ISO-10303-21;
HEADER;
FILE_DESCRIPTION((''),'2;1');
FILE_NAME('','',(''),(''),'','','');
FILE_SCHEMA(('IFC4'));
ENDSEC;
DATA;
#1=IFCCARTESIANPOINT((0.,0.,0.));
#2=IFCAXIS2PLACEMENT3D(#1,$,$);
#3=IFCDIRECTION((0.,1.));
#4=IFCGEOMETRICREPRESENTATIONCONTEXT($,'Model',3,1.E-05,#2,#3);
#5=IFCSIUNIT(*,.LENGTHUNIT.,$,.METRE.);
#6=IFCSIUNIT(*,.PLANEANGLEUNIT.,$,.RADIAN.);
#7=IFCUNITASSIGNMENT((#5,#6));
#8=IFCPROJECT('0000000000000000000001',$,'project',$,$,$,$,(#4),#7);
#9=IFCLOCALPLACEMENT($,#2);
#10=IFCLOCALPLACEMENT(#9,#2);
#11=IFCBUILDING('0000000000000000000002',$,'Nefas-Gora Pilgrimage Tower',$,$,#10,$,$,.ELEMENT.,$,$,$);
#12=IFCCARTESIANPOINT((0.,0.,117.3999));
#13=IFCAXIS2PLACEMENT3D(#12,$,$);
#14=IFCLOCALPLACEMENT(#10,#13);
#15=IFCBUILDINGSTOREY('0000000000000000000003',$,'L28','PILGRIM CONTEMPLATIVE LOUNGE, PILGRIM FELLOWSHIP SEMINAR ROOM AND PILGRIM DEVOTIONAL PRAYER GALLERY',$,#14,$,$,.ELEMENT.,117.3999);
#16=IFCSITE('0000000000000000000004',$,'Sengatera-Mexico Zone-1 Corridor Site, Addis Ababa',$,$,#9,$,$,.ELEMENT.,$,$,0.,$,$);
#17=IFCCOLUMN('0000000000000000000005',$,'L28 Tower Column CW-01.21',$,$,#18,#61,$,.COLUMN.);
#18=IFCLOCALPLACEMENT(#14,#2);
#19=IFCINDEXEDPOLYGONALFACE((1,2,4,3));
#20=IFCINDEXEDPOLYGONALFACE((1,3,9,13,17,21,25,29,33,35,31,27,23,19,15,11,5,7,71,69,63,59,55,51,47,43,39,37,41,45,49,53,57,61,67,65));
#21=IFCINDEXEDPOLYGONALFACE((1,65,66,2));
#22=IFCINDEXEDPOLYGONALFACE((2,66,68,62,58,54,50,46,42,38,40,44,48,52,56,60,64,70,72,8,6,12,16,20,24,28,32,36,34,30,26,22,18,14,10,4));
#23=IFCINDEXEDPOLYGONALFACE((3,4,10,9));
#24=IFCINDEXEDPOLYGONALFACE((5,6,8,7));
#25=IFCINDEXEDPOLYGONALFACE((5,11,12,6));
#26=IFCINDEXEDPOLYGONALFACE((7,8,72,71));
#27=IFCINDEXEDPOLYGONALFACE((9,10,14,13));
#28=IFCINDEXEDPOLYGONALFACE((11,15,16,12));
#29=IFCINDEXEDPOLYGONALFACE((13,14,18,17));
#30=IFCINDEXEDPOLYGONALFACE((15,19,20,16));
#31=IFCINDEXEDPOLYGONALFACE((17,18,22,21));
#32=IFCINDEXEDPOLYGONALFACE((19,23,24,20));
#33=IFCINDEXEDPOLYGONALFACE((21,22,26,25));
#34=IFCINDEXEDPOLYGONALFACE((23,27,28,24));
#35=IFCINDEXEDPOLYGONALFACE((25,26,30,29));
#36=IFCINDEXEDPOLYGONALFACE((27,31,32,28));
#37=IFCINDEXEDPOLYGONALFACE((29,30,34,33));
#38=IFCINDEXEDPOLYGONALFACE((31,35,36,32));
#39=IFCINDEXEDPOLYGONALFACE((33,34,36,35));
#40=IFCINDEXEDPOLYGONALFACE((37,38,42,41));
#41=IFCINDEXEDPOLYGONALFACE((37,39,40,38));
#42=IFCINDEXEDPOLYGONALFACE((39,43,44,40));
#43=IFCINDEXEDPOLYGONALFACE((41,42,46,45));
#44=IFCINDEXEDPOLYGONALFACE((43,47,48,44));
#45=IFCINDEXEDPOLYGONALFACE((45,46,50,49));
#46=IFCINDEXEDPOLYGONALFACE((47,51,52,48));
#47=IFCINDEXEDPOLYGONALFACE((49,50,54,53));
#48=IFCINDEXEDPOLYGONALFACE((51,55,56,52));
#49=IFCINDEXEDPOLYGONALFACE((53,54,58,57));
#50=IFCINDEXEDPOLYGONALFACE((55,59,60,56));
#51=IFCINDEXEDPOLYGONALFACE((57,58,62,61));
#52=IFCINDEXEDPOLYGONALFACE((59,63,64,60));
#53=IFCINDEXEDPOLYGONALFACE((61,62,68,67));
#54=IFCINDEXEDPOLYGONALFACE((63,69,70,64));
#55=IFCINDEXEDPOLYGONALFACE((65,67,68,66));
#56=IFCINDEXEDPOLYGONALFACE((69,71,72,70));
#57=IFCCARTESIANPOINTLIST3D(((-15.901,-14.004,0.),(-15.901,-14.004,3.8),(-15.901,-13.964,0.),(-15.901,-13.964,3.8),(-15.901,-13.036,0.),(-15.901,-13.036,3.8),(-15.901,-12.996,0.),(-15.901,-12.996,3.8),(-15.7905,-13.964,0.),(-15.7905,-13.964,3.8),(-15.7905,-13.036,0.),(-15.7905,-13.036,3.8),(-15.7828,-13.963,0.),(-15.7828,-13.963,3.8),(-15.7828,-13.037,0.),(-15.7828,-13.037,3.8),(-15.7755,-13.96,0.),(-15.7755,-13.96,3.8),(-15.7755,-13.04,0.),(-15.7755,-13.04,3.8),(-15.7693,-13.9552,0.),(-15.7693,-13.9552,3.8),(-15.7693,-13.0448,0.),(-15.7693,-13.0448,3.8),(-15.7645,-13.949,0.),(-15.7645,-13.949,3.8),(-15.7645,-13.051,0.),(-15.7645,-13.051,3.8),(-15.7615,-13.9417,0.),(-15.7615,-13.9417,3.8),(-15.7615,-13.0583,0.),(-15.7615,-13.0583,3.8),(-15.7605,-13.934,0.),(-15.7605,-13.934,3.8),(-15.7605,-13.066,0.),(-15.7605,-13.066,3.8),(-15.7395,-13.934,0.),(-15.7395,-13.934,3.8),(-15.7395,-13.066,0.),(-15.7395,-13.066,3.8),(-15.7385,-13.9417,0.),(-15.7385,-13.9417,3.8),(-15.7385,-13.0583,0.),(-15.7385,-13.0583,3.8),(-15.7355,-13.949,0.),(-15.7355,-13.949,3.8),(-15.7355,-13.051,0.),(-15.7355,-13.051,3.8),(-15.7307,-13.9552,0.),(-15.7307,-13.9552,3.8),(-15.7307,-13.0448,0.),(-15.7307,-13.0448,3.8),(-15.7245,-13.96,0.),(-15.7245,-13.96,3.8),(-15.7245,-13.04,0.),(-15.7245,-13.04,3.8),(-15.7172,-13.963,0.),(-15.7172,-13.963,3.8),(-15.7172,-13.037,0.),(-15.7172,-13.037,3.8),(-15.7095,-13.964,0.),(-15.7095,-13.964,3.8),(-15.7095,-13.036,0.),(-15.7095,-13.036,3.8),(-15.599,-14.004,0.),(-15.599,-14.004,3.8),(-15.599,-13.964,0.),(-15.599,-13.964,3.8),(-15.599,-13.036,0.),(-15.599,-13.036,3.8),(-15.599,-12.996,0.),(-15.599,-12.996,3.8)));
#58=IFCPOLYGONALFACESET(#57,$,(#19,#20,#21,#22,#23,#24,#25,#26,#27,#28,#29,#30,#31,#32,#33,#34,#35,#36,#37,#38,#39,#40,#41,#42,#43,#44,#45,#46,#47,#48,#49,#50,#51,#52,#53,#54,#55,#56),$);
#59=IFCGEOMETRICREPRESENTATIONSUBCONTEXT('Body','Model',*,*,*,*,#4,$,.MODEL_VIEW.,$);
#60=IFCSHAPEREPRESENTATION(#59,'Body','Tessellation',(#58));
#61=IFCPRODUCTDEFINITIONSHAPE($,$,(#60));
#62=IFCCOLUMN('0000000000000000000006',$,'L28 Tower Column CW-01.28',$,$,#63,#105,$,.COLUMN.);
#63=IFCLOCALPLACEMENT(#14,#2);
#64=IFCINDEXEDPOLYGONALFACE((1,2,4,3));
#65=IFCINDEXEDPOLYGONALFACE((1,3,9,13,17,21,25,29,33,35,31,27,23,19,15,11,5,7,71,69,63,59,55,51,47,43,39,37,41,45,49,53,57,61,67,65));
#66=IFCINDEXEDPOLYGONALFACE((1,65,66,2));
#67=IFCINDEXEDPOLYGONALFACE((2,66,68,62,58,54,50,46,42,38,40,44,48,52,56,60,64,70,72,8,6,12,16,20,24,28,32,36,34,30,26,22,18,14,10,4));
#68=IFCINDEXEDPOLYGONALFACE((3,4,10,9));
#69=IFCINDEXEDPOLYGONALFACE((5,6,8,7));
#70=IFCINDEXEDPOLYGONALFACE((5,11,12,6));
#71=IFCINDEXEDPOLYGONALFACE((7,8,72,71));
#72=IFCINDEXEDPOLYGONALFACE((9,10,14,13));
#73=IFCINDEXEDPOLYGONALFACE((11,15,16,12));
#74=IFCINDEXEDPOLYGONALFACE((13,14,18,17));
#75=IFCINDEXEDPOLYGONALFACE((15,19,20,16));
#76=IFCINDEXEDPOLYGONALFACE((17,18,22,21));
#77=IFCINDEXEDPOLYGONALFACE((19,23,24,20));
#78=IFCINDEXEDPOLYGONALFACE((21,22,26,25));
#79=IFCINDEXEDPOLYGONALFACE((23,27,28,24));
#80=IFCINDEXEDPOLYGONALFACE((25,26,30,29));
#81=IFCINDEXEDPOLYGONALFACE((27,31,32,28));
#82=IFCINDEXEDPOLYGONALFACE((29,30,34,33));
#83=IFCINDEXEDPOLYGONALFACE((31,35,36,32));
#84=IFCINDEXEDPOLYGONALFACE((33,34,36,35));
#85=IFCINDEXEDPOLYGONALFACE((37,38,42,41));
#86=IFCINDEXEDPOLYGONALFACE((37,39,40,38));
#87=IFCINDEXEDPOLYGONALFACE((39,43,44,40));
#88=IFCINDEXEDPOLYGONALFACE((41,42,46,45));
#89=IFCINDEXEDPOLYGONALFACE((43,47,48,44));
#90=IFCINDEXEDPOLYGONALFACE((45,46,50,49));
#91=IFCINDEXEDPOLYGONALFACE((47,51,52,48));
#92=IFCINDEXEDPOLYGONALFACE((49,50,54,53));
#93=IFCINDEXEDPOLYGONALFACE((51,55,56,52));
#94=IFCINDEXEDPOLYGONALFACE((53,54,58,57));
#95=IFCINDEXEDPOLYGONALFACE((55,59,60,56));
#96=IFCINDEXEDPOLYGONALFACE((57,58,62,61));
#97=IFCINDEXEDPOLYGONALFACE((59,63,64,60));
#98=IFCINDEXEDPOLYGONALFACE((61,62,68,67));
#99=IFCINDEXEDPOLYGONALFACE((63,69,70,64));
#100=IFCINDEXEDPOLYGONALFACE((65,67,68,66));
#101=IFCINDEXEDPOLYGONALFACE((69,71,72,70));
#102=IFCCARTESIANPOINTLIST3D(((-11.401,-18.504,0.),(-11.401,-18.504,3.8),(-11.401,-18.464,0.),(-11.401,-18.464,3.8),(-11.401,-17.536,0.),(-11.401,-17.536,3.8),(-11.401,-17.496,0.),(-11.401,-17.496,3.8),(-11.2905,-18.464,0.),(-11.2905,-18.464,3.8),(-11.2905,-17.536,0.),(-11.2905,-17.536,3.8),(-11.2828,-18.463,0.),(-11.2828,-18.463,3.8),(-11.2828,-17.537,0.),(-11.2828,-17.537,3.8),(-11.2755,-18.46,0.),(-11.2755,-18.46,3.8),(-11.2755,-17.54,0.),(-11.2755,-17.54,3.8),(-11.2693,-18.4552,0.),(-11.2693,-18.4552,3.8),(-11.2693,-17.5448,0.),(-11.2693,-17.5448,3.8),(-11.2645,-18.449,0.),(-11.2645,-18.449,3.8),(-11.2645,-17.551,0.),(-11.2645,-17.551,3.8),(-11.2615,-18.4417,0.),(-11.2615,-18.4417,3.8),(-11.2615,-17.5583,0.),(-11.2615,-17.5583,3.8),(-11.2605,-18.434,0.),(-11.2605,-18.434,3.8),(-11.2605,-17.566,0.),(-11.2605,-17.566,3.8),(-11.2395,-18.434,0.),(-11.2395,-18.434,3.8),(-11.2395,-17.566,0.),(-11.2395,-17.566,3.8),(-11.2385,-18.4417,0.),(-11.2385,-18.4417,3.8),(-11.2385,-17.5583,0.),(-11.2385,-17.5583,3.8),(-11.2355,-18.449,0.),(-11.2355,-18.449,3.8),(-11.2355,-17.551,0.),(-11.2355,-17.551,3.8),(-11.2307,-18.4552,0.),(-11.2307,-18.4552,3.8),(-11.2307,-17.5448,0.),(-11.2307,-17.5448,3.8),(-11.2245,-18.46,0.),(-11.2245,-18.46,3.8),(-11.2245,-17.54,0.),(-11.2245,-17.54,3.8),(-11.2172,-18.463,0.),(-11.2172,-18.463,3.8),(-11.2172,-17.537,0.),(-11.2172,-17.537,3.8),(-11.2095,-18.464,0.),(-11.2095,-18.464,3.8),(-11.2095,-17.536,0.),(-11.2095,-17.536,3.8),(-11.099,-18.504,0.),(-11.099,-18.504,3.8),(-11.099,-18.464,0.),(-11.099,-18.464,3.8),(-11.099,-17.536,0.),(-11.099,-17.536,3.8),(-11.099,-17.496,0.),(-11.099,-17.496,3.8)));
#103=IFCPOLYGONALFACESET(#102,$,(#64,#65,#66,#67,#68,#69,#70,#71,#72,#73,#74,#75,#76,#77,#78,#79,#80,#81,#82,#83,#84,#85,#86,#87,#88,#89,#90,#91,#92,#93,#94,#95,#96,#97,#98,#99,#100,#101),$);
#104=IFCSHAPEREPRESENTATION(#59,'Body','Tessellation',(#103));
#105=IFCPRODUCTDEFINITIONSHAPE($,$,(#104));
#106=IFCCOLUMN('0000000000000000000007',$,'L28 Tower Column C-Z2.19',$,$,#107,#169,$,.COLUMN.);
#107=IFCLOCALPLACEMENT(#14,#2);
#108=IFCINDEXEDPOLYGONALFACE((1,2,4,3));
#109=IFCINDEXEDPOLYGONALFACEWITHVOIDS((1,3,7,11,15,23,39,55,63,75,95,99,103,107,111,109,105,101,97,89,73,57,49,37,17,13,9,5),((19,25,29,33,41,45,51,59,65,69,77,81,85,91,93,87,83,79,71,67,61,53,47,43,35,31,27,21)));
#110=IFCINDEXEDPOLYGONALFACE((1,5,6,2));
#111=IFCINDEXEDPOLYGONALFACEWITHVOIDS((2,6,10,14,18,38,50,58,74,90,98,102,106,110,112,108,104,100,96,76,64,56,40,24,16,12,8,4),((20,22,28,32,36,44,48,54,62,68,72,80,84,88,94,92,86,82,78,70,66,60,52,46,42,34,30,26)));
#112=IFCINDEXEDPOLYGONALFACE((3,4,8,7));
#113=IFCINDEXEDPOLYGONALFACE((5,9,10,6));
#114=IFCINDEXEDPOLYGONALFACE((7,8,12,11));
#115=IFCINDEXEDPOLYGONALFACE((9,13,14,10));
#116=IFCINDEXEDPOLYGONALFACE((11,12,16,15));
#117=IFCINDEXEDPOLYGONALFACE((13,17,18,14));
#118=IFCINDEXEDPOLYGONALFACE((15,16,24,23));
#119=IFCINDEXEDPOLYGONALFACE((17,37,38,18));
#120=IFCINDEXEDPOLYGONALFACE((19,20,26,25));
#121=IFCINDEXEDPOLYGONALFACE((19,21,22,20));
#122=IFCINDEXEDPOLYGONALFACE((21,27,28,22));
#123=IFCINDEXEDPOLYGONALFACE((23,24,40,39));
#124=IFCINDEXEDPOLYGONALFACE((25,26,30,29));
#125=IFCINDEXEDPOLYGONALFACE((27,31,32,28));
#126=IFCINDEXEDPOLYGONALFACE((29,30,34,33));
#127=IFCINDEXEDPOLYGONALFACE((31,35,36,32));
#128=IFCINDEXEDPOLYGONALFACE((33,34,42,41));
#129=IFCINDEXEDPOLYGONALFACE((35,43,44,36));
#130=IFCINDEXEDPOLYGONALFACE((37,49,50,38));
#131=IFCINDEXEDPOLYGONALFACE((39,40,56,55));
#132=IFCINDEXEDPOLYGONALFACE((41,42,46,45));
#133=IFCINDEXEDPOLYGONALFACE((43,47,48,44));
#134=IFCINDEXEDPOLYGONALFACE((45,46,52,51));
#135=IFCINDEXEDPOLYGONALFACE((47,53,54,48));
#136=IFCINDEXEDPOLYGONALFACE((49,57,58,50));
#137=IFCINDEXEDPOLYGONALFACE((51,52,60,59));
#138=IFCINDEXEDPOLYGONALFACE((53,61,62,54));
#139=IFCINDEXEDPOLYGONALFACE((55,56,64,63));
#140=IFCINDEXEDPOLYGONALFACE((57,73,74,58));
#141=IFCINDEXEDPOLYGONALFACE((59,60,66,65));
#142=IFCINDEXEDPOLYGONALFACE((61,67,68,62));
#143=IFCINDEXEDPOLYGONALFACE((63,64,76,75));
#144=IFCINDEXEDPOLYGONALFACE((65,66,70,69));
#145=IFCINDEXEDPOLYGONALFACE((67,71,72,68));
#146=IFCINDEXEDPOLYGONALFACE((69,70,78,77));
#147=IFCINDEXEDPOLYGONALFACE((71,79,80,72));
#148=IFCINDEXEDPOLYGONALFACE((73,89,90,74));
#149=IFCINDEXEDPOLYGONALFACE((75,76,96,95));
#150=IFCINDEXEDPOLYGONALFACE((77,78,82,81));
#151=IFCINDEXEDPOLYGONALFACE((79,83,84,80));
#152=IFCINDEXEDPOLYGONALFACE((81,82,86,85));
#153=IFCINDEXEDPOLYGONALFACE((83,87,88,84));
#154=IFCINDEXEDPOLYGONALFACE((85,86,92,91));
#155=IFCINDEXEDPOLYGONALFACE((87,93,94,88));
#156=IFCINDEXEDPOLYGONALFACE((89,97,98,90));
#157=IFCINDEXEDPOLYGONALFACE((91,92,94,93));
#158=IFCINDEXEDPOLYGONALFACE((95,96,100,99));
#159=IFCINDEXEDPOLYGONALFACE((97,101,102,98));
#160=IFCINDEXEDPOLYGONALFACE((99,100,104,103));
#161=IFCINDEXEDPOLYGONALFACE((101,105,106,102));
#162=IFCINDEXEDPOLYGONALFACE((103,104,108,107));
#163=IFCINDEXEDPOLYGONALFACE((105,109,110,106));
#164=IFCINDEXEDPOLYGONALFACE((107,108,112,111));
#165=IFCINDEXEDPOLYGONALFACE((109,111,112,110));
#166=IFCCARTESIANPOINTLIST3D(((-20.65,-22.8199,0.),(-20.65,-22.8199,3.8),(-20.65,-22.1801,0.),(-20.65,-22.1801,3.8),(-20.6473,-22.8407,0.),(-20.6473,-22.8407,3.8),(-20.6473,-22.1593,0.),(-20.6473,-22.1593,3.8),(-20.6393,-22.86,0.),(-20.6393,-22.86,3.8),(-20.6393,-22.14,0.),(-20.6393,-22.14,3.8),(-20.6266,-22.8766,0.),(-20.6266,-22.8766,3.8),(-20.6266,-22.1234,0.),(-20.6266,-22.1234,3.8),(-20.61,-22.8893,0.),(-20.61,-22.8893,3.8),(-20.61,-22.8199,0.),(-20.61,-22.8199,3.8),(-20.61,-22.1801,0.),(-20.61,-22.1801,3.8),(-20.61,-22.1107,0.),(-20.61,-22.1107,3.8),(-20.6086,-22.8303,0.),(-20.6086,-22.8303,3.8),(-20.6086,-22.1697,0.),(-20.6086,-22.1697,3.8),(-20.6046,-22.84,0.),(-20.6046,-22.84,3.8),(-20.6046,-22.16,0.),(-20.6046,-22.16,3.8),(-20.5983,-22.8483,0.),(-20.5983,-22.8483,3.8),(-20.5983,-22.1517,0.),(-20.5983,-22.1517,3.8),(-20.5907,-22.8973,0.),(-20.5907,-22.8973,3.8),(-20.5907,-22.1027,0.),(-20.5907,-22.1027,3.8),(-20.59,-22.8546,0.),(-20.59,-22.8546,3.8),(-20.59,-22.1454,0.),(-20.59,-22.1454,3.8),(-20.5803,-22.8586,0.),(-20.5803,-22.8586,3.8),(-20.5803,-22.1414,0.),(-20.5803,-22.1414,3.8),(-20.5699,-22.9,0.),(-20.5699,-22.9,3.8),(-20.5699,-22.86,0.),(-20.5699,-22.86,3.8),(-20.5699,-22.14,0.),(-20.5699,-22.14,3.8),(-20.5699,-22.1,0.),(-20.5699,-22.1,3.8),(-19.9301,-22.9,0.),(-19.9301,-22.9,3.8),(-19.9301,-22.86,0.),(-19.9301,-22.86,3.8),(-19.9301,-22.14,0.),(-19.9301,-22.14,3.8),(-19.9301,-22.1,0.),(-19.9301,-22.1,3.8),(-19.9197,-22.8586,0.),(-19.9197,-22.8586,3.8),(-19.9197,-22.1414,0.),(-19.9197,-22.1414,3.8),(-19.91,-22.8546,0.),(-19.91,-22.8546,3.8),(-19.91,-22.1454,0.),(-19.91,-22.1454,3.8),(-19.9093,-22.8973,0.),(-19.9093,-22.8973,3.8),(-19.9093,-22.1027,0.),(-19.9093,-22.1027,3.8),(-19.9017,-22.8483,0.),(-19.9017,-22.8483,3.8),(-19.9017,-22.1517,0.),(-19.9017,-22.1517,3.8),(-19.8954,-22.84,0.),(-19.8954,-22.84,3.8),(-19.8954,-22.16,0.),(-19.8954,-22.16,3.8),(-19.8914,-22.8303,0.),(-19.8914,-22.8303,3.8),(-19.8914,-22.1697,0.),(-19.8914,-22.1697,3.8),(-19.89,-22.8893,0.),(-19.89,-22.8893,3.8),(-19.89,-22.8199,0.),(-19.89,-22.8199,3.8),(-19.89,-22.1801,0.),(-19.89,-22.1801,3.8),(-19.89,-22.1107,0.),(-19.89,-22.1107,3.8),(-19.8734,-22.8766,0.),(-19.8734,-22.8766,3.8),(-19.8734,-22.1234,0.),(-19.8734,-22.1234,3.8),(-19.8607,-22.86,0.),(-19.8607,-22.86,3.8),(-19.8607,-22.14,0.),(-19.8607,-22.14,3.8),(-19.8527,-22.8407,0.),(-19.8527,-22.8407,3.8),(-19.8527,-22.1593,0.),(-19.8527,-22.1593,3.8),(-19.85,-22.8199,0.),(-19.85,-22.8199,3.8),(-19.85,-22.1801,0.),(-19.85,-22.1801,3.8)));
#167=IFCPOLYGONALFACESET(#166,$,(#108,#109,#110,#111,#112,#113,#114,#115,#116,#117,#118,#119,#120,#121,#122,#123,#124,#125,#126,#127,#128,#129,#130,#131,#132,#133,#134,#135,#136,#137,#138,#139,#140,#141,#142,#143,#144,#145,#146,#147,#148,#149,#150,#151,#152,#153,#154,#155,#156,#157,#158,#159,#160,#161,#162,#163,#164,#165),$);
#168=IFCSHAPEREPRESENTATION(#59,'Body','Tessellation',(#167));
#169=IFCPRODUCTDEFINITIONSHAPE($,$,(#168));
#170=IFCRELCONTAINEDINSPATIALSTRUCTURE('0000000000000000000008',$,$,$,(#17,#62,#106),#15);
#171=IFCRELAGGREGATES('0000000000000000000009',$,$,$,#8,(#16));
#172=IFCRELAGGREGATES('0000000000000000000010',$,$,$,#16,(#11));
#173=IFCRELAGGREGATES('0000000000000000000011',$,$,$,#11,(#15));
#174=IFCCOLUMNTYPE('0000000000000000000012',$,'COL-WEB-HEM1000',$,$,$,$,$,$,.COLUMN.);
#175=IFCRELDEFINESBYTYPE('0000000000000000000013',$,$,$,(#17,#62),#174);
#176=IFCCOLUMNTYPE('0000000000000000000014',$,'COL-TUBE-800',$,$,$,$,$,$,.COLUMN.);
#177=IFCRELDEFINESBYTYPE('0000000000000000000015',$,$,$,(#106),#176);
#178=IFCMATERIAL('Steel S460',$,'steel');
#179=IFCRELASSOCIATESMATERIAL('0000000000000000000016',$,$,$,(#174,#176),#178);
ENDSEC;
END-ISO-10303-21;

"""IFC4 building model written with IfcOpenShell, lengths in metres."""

from ifc_helpers import new_model, si_unit, direction, frame, origin, origin_2d, place, context, subcontext, project, spatial, hollow_rectangle, i_section, extrude, source, transform, mapped, material, material_profile, profile_set, type_object, element, save


model = new_model("IFC4")

# Units and contexts
model_context = context("Model", 3, precision=1e-05, world=origin(), true_north=direction((0.0, 1.0)))
body_context = subcontext(model_context, "Body", "Model", "MODEL_VIEW")
ifc_project = project(units=[si_unit("LENGTHUNIT", "METRE"), si_unit("PLANEANGLEUNIT", "RADIAN")], contexts=[model_context])

# Site, building, storey
site_placement = place(None, origin())
site = spatial("IfcSite", under=ifc_project, at=site_placement, Name="Sengatera-Mexico Zone-1 Corridor Site, Addis Ababa", CompositionType="ELEMENT", RefElevation=0.0)
building_placement = place(site_placement, origin())
building = spatial("IfcBuilding", under=site, at=building_placement, Name="Nefas-Gora Pilgrimage Tower", CompositionType="ELEMENT")
storey_placement = place(building_placement, frame((0.0, 0.0, 117.3999)))
storey = spatial("IfcBuildingStorey", under=building, at=storey_placement, Name="L28", Description="PILGRIM CONTEMPLATIVE LOUNGE, PILGRIM FELLOWSHIP SEMINAR ROOM AND PILGRIM DEVOTIONAL PRAYER GALLERY", CompositionType="ELEMENT", Elevation=117.3999)

# Columns
ifc_material_1 = material(Name="Steel S460", Category="steel")
ifc_material_profile_1 = material_profile(ifc_material_1, i_section(OverallWidth=0.302, OverallDepth=1.0081, WebThickness=0.021, FlangeThickness=0.04, FilletRadius=0.03, at=origin_2d()), Name="HEM 1000")
ifc_profile_set_1 = profile_set([ifc_material_profile_1], Name="Steel S460")
column_type_1 = type_object("IfcColumnType", Name="COL-WEB-HEM1000", PredefinedType="COLUMN", material=ifc_profile_set_1)
shared_shape_1 = source(origin(), body_context, "Body", "SweptSolid", [
    extrude(i_section(OverallWidth=0.302, OverallDepth=1.0081, WebThickness=0.021, FlangeThickness=0.04, FilletRadius=0.03, at=origin_2d()), origin(), (0.0, 0.0, 1.0), 3.8),
])
for number, where, z_axis, x_axis, name in (
    (1, (-15.75, -13.5, 0.0), (0.0, 0.0, 1.0), (1.0, 0.0, 0.0), "L28 Tower Column CW-01.21"),
    (2, (-11.25, -18.0, 0.0), (0.0, 0.0, 1.0), (1.0, 0.0, 0.0), "L28 Tower Column CW-01.28"),
):
    element("IfcColumn", number, at=place(storey_placement, frame(where, z_axis=z_axis, x_axis=x_axis)), inside=storey, type_object=column_type_1, Name=name, PredefinedType="COLUMN", context=body_context, shape_type="MappedRepresentation", body=[
        mapped(shared_shape_1, transform((0.0, 0.0, 0.0), x_axis=(1.0, 0.0, 0.0), y_axis=(0.0, 1.0, 0.0), z_axis=(0.0, 0.0, 1.0), scale=1.0)),
    ])
ifc_material_profile_2 = material_profile(ifc_material_1, hollow_rectangle(XDim=0.8, YDim=0.8, WallThickness=0.04, InnerFilletRadius=0.04, OuterFilletRadius=0.0801, at=origin_2d()), Name="BOX 800x800x40")
ifc_profile_set_2 = profile_set([ifc_material_profile_2], Name="Steel S460")
column_type_2 = type_object("IfcColumnType", Name="COL-TUBE-800", PredefinedType="COLUMN", material=ifc_profile_set_2)
shared_shape_2 = source(origin(), body_context, "Body", "SweptSolid", [
    extrude(hollow_rectangle(XDim=0.8, YDim=0.8, WallThickness=0.04, InnerFilletRadius=0.04, OuterFilletRadius=0.0801, at=origin_2d()), origin(), (0.0, 0.0, 1.0), 3.8),
])
column_placement = place(storey_placement, frame((-20.25, -22.5, 0.0), z_axis=(0.0, 0.0, 1.0), x_axis=(1.0, 0.0, 0.0)))
element("IfcColumn", 3, at=column_placement, inside=storey, type_object=column_type_2, Name="L28 Tower Column C-Z2.19", PredefinedType="COLUMN", context=body_context, shape_type="MappedRepresentation", body=[
    mapped(shared_shape_2, transform((0.0, 0.0, 0.0), x_axis=(1.0, 0.0, 0.0), y_axis=(0.0, 1.0, 0.0), z_axis=(0.0, 0.0, 1.0), scale=1.0)),
])

save(model, "model.ifc")
